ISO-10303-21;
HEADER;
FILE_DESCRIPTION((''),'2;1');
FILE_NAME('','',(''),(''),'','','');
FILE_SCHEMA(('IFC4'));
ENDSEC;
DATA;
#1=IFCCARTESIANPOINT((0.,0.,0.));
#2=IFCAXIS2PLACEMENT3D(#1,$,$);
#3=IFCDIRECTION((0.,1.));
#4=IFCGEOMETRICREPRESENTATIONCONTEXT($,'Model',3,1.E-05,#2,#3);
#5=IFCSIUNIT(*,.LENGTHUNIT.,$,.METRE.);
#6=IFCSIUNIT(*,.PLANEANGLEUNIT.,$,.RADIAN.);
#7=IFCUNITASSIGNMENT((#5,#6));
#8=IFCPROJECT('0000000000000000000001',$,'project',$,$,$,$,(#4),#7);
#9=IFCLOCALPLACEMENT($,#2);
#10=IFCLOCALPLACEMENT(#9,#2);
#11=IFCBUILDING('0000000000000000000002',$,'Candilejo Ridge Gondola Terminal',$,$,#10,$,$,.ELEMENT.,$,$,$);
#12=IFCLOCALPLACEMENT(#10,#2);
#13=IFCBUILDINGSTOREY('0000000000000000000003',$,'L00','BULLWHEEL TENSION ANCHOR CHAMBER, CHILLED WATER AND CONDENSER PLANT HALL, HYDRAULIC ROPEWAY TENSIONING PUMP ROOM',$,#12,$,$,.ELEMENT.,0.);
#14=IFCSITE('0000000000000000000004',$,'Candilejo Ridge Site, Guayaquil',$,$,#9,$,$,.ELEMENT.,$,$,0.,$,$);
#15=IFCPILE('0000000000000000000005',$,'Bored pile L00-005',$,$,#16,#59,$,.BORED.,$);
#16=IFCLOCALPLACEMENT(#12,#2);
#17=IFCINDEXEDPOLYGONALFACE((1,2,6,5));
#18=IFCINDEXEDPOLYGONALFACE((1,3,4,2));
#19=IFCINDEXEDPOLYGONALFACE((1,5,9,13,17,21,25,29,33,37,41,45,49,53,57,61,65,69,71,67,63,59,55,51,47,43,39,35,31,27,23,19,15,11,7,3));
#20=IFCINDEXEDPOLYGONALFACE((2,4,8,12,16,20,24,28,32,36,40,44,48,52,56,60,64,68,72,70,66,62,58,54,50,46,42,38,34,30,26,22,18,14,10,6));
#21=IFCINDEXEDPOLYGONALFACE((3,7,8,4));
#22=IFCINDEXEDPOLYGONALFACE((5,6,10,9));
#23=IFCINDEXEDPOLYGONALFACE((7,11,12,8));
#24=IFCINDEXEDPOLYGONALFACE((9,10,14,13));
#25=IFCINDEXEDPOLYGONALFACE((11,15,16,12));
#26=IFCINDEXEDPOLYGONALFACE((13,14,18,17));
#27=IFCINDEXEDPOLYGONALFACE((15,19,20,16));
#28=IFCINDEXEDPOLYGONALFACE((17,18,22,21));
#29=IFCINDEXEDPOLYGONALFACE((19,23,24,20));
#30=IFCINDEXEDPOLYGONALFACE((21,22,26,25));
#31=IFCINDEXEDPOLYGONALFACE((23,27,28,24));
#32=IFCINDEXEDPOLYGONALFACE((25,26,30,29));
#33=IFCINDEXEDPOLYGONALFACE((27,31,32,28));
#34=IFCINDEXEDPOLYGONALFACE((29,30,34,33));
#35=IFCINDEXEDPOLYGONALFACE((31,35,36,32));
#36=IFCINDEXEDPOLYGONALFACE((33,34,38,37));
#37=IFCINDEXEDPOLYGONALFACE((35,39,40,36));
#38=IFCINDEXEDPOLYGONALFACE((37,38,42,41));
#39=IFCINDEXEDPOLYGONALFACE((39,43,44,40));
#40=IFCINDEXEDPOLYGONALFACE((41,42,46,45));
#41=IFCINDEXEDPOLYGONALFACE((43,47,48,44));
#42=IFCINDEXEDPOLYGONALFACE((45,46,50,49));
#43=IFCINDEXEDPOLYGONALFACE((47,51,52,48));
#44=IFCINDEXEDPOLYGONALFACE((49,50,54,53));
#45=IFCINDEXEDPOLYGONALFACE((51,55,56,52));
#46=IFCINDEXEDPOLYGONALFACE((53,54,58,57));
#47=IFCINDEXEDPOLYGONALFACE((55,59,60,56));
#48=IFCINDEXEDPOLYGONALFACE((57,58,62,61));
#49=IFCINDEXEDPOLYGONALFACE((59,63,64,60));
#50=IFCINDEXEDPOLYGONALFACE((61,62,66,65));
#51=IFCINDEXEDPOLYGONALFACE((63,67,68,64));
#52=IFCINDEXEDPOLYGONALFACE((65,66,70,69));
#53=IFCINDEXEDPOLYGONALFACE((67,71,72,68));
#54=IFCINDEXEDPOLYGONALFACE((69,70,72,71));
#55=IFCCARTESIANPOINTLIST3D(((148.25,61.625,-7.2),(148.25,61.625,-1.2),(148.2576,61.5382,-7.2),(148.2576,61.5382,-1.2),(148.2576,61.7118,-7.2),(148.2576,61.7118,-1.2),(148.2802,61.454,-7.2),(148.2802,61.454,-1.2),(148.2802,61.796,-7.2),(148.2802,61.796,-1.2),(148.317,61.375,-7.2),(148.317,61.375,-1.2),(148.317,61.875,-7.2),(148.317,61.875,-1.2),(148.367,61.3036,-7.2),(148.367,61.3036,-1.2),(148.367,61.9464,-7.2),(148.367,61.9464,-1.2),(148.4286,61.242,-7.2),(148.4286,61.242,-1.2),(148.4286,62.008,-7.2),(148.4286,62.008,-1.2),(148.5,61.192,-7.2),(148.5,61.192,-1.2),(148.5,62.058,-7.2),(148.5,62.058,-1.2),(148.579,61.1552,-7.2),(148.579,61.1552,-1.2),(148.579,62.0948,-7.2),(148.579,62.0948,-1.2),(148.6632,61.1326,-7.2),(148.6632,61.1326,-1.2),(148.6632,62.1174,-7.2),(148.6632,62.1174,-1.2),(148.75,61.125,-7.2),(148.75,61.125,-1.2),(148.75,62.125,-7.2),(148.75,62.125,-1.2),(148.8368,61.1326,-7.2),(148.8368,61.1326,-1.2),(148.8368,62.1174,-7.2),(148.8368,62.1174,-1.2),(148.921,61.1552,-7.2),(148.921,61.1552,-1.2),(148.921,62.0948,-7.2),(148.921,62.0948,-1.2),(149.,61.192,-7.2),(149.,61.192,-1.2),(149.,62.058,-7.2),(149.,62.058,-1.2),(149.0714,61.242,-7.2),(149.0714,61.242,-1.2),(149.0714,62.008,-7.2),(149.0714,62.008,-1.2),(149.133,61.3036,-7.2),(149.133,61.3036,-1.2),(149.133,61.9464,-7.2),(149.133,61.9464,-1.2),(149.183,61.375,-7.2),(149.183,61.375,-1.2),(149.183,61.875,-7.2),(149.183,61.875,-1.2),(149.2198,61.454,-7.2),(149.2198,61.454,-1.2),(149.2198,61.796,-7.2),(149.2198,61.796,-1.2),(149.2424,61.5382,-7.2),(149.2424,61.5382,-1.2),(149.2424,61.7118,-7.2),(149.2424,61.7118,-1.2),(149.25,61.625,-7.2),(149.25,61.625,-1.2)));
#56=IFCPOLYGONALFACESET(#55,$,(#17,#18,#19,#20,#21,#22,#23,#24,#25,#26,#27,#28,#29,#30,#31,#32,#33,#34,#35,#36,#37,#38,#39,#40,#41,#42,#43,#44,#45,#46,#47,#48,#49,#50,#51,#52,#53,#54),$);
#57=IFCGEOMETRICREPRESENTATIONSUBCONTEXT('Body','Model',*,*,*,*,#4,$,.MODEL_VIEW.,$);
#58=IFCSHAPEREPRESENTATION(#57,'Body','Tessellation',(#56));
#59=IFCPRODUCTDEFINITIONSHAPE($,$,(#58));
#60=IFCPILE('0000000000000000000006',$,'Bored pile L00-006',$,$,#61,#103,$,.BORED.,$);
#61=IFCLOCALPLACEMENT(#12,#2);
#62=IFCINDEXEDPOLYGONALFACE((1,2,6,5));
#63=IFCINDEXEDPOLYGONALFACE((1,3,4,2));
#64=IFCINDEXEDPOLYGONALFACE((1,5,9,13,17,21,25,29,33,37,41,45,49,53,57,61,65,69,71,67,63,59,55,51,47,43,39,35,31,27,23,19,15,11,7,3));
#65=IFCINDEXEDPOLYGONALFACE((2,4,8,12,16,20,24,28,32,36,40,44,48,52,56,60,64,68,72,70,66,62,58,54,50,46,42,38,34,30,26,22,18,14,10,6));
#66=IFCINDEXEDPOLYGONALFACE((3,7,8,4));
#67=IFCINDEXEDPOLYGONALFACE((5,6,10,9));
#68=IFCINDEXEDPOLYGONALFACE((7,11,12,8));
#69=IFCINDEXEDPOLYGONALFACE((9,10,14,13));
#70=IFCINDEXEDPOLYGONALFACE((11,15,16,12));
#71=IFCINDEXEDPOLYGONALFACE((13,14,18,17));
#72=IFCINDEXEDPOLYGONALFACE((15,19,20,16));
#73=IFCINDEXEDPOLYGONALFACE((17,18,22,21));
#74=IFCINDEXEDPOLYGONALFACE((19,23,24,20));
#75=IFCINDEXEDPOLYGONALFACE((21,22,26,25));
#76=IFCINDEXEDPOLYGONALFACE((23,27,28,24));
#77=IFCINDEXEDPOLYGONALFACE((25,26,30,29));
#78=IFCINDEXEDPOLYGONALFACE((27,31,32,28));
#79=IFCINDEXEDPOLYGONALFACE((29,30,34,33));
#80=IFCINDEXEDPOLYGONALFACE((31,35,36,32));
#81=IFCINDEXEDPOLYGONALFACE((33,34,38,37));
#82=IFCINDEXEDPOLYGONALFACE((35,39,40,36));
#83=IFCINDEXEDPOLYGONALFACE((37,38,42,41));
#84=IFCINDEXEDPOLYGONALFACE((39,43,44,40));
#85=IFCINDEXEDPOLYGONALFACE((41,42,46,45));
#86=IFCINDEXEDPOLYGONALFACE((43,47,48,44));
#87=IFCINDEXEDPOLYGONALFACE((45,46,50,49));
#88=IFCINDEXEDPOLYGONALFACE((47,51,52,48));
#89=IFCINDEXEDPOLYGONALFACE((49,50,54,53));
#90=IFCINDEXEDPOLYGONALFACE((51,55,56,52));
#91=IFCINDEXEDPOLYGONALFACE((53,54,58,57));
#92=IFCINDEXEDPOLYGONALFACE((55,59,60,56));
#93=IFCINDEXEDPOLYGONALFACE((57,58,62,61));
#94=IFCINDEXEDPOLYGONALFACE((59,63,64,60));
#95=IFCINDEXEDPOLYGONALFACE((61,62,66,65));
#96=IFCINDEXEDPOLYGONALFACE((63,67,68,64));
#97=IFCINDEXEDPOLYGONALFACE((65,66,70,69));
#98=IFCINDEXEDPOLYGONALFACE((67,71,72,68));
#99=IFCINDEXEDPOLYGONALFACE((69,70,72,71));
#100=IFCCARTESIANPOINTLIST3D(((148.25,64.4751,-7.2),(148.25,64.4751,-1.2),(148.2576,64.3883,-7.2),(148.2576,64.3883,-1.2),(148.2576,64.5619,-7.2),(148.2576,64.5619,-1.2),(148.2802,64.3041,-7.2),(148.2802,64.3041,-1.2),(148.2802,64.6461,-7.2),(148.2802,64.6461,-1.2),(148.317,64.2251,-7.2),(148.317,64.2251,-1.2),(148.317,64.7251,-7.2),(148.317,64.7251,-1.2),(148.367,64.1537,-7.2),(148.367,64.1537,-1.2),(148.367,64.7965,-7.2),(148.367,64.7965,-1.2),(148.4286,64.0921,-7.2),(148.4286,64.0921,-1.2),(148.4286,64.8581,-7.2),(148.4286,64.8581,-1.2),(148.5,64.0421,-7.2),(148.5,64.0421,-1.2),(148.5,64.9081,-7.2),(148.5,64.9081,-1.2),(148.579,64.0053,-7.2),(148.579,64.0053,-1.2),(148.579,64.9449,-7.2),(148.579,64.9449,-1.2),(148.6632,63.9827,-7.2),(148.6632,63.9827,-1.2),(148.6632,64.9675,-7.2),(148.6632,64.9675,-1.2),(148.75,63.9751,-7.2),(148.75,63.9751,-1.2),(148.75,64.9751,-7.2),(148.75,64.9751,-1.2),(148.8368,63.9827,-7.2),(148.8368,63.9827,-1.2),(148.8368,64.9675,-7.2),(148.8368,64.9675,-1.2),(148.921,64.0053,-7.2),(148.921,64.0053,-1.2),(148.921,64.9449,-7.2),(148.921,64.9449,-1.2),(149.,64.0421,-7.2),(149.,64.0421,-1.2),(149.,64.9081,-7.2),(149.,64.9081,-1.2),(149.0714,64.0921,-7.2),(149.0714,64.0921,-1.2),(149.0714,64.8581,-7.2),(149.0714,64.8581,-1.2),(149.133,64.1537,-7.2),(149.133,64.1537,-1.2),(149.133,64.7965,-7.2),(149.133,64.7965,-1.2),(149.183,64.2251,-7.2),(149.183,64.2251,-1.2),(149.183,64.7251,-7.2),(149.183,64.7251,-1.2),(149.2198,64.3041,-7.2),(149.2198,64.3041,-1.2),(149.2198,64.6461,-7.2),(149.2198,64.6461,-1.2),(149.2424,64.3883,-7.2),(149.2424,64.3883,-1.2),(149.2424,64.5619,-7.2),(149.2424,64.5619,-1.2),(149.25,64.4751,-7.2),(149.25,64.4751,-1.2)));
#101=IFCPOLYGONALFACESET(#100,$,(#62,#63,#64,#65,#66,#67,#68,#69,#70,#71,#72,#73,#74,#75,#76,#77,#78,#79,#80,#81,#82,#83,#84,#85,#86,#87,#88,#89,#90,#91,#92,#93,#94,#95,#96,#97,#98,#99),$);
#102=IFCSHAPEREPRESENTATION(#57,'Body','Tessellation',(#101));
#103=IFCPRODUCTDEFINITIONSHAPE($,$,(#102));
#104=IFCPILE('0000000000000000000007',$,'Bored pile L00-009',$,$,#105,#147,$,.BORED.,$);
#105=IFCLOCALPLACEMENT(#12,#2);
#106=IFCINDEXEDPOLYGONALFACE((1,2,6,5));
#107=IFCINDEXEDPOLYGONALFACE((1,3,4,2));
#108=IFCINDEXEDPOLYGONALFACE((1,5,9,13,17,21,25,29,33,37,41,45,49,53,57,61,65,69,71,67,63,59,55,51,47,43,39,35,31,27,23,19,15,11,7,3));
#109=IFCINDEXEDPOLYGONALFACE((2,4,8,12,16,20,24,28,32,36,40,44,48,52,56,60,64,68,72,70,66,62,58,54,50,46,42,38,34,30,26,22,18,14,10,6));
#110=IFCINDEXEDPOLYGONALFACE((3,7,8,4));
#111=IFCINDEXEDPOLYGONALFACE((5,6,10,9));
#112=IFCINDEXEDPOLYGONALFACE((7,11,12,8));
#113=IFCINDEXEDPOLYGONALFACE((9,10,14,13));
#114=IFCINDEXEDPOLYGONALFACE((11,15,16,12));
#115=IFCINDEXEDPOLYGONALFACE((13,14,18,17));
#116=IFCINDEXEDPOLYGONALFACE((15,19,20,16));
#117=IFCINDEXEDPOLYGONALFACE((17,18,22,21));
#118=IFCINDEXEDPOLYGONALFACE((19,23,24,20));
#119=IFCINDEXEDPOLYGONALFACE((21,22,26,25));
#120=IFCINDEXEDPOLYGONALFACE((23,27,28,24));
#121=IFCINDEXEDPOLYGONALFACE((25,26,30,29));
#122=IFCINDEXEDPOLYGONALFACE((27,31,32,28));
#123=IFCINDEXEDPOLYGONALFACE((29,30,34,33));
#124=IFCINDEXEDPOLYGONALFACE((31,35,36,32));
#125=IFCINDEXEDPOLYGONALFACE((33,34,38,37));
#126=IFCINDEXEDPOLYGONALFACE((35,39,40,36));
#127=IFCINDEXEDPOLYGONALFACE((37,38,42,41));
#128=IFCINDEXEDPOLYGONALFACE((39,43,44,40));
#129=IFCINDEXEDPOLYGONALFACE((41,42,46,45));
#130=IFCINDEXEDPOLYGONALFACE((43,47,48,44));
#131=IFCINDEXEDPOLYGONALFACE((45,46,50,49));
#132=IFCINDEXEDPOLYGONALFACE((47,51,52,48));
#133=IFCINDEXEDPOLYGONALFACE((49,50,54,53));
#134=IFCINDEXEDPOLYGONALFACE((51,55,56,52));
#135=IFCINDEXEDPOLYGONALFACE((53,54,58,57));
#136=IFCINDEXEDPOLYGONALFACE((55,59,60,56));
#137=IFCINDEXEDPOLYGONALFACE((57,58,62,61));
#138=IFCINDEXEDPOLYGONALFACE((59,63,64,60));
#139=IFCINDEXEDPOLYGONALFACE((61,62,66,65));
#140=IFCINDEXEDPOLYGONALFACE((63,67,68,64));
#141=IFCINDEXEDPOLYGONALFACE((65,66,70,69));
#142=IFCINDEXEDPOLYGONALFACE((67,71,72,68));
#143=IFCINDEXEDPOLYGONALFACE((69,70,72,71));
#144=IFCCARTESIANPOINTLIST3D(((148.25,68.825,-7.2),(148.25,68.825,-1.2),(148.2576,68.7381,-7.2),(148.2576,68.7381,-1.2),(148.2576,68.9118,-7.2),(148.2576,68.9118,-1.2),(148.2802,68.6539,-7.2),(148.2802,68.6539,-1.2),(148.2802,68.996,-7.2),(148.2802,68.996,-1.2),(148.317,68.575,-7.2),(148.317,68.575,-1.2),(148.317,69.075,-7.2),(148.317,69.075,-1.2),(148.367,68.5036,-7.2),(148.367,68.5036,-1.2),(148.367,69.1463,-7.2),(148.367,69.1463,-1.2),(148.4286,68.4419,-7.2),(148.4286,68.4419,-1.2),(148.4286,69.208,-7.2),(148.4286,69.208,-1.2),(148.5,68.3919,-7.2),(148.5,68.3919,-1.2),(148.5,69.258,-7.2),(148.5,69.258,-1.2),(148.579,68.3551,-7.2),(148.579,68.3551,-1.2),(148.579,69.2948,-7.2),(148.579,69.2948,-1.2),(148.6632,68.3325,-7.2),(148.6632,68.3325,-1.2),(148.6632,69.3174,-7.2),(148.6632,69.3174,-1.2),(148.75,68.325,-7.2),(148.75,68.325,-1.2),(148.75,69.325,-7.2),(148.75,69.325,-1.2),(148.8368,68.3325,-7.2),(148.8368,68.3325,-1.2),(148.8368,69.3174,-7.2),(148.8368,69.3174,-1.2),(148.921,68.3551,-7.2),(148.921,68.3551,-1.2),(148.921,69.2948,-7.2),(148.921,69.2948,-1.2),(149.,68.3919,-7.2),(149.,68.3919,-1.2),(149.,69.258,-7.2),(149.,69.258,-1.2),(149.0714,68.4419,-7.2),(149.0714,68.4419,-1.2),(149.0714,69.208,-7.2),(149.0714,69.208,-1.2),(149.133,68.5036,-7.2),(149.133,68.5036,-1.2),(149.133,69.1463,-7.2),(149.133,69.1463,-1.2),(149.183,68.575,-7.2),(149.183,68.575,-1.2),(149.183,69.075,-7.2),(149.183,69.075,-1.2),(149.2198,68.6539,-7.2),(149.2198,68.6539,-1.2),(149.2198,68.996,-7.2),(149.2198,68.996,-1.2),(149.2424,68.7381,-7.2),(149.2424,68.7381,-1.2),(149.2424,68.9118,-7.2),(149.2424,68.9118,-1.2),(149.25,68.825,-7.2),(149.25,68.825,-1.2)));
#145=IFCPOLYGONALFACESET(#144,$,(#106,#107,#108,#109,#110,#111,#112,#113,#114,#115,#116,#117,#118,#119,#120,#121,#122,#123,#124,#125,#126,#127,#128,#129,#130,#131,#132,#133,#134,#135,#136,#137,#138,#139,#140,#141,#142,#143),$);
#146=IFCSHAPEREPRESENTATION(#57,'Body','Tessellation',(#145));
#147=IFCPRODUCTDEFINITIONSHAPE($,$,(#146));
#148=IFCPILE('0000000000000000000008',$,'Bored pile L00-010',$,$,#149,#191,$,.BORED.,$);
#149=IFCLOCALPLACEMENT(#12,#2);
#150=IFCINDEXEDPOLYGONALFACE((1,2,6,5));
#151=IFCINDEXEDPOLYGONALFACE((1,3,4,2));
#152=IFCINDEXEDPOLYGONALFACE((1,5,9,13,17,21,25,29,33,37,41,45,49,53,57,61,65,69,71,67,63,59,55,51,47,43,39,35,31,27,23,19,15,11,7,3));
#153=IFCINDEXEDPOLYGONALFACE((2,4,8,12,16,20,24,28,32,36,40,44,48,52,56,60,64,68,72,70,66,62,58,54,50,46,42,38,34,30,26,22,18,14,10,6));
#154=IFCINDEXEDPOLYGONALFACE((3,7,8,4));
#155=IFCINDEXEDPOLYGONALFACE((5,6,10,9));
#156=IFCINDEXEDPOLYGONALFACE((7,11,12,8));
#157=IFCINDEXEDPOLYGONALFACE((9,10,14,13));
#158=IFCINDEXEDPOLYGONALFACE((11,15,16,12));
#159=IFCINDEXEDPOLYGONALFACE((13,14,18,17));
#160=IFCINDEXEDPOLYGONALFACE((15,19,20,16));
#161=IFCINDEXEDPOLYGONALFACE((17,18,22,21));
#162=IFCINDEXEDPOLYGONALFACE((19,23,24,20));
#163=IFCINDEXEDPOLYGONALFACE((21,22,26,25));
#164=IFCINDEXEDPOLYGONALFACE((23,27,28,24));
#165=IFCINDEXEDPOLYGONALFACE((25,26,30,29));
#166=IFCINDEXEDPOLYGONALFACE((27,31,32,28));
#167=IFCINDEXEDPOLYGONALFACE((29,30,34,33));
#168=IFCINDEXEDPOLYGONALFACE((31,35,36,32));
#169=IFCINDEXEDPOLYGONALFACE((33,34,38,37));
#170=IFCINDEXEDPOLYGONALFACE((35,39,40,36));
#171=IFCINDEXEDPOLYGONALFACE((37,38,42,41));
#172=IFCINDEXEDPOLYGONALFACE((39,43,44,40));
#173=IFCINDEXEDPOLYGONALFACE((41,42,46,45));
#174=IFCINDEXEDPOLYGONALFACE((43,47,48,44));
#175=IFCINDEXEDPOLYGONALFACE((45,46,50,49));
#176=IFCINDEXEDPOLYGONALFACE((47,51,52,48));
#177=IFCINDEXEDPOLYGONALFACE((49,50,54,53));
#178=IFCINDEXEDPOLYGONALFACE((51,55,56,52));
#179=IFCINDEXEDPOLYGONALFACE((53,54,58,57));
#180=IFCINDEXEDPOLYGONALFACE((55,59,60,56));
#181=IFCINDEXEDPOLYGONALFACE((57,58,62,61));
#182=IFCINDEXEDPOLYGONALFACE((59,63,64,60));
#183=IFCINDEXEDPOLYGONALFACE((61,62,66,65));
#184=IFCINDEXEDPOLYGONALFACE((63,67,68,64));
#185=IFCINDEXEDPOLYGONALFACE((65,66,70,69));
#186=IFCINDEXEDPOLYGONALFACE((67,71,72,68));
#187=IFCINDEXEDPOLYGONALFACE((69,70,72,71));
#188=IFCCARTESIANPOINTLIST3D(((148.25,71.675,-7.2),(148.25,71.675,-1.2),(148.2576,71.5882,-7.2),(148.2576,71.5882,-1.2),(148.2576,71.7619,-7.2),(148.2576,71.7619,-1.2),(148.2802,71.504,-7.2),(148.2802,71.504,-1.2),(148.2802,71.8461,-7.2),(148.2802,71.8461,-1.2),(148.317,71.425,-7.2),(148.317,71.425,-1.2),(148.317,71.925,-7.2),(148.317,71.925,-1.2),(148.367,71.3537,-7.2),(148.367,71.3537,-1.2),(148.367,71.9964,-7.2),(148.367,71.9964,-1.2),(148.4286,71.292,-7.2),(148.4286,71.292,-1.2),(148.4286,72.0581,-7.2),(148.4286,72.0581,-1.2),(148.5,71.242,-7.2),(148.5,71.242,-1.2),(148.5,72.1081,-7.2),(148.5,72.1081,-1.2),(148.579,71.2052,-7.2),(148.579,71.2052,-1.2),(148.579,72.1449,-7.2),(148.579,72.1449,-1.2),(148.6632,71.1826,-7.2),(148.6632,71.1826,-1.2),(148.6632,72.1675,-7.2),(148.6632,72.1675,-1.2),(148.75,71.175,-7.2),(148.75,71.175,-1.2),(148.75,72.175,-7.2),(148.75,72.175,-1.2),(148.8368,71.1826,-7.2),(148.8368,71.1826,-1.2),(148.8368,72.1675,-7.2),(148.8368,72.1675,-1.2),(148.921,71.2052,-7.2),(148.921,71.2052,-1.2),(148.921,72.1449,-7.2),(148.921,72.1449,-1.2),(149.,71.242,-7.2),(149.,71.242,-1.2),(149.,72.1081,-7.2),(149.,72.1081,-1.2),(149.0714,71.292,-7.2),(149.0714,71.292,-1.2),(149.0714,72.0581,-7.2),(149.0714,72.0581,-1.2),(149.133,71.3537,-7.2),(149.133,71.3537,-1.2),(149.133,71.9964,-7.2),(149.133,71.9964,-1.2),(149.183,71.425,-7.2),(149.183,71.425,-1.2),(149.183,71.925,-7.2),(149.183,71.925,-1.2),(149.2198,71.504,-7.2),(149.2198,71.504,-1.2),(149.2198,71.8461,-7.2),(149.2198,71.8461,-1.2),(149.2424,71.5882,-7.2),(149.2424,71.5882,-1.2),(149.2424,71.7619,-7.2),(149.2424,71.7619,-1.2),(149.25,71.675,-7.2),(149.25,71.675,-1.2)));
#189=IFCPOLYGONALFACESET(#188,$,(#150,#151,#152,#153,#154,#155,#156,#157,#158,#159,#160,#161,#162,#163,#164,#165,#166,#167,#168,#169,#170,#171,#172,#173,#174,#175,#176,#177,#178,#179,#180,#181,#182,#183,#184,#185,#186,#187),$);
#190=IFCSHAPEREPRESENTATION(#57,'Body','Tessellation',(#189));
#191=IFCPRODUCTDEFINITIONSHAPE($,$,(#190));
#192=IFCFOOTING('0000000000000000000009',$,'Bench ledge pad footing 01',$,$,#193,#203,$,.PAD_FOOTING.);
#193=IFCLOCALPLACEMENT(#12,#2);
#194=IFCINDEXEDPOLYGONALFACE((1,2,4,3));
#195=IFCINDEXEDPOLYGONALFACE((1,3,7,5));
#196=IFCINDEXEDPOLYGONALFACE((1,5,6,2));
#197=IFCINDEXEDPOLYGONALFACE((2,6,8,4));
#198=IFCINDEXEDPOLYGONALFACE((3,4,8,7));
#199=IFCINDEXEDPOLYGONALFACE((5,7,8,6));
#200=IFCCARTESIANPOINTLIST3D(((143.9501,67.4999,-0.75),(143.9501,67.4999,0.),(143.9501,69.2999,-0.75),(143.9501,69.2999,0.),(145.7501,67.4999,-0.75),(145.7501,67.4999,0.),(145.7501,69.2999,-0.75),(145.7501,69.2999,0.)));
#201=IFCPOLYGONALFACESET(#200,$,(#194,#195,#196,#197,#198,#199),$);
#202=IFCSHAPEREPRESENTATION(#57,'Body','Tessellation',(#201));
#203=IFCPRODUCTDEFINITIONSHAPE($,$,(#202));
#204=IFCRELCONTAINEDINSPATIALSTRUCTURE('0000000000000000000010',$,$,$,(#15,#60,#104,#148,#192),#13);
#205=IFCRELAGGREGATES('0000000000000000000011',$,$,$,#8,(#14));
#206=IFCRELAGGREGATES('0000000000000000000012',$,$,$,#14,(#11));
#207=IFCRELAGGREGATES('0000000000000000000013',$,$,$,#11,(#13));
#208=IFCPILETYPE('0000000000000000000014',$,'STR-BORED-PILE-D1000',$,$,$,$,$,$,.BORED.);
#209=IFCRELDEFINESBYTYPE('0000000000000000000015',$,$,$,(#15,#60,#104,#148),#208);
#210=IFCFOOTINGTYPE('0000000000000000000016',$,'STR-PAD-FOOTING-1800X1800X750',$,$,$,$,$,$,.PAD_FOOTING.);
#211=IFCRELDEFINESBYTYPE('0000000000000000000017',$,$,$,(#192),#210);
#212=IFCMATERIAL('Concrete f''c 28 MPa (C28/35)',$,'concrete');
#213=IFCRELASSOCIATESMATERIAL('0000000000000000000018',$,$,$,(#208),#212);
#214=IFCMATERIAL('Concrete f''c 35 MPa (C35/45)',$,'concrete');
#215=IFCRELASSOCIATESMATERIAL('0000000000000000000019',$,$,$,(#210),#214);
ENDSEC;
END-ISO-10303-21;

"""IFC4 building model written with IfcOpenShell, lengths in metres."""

from ifc_helpers import new_model, si_unit, direction, frame, origin, origin_2d, place, context, subcontext, project, spatial, rectangle, circle, extrude, material, material_profile, profile_set, type_object, element, save


model = new_model("IFC4")

# Units and contexts
model_context = context("Model", 3, precision=1e-05, world=origin(), true_north=direction((0.0, 1.0)))
body_context = subcontext(model_context, "Body", "Model", "MODEL_VIEW")
ifc_project = project(units=[si_unit("LENGTHUNIT", "METRE"), si_unit("PLANEANGLEUNIT", "RADIAN")], contexts=[model_context])

# Site, building, storey
site_placement = place(None, origin())
site = spatial("IfcSite", under=ifc_project, at=site_placement, Name="Candilejo Ridge Site, Guayaquil", CompositionType="ELEMENT", RefElevation=0.0)
building_placement = place(site_placement, origin())
building = spatial("IfcBuilding", under=site, at=building_placement, Name="Candilejo Ridge Gondola Terminal", CompositionType="ELEMENT")
storey_placement = place(building_placement, origin())
storey = spatial("IfcBuildingStorey", under=building, at=storey_placement, Name="L00", Description="BULLWHEEL TENSION ANCHOR CHAMBER, CHILLED WATER AND CONDENSER PLANT HALL, HYDRAULIC ROPEWAY TENSIONING PUMP ROOM", CompositionType="ELEMENT", Elevation=0.0)

# Piles
ifc_material_1 = material(Name="Concrete f'c 28 MPa (C28/35)", Category="concrete")
ifc_material_profile_1 = material_profile(ifc_material_1, circle(Radius=0.5, at=origin_2d()))
ifc_profile_set_1 = profile_set([ifc_material_profile_1], Name="Concrete f'c 28 MPa (C28/35)")
pile_type = type_object("IfcPileType", Name="STR-BORED-PILE-D1000", PredefinedType="BORED", material=ifc_profile_set_1)
for number, where, z_axis, x_axis, name in (
    (1, (148.75, 61.625, -1.2), (0.0, 0.0, -1.0), (1.0, 0.0, 0.0), "Bored pile L00-005"),
    (2, (148.75, 64.4751, -1.2), (0.0, 0.0, -1.0), (1.0, 0.0, 0.0), "Bored pile L00-006"),
    (3, (148.75, 68.825, -1.2), (0.0, 0.0, -1.0), (1.0, 0.0, 0.0), "Bored pile L00-009"),
    (4, (148.75, 71.675, -1.2), (0.0, 0.0, -1.0), (1.0, 0.0, 0.0), "Bored pile L00-010"),
):
    element("IfcPile", number, at=place(storey_placement, frame(where, z_axis=z_axis, x_axis=x_axis)), inside=storey, type_object=pile_type, Name=name, PredefinedType="BORED", context=body_context, shape_type="SweptSolid", body=[
        extrude(circle(Radius=0.5, at=origin_2d()), origin(), (0.0, 0.0, 1.0), 6.0),
    ])

# Footing
ifc_material_2 = material(Name="Concrete f'c 35 MPa (C35/45)", Category="concrete")
footing_type_1 = type_object("IfcFootingType", Name="STR-PAD-FOOTING-1800X1800X750", PredefinedType="PAD_FOOTING", material=ifc_material_2)
footing_1_placement = place(storey_placement, frame((144.8501, 68.3999, -0.75), z_axis=(0.0, 0.0, 1.0), x_axis=(1.0, 0.0, 0.0)))
element("IfcFooting", 5, at=footing_1_placement, inside=storey, type_object=footing_type_1, Name="Bench ledge pad footing 01", PredefinedType="PAD_FOOTING", context=body_context, shape_type="SweptSolid", body=[
    extrude(rectangle(XDim=1.8, YDim=1.8, at=origin_2d()), origin(), (0.0, 0.0, 1.0), 0.75),
])

save(model, "model.ifc")
